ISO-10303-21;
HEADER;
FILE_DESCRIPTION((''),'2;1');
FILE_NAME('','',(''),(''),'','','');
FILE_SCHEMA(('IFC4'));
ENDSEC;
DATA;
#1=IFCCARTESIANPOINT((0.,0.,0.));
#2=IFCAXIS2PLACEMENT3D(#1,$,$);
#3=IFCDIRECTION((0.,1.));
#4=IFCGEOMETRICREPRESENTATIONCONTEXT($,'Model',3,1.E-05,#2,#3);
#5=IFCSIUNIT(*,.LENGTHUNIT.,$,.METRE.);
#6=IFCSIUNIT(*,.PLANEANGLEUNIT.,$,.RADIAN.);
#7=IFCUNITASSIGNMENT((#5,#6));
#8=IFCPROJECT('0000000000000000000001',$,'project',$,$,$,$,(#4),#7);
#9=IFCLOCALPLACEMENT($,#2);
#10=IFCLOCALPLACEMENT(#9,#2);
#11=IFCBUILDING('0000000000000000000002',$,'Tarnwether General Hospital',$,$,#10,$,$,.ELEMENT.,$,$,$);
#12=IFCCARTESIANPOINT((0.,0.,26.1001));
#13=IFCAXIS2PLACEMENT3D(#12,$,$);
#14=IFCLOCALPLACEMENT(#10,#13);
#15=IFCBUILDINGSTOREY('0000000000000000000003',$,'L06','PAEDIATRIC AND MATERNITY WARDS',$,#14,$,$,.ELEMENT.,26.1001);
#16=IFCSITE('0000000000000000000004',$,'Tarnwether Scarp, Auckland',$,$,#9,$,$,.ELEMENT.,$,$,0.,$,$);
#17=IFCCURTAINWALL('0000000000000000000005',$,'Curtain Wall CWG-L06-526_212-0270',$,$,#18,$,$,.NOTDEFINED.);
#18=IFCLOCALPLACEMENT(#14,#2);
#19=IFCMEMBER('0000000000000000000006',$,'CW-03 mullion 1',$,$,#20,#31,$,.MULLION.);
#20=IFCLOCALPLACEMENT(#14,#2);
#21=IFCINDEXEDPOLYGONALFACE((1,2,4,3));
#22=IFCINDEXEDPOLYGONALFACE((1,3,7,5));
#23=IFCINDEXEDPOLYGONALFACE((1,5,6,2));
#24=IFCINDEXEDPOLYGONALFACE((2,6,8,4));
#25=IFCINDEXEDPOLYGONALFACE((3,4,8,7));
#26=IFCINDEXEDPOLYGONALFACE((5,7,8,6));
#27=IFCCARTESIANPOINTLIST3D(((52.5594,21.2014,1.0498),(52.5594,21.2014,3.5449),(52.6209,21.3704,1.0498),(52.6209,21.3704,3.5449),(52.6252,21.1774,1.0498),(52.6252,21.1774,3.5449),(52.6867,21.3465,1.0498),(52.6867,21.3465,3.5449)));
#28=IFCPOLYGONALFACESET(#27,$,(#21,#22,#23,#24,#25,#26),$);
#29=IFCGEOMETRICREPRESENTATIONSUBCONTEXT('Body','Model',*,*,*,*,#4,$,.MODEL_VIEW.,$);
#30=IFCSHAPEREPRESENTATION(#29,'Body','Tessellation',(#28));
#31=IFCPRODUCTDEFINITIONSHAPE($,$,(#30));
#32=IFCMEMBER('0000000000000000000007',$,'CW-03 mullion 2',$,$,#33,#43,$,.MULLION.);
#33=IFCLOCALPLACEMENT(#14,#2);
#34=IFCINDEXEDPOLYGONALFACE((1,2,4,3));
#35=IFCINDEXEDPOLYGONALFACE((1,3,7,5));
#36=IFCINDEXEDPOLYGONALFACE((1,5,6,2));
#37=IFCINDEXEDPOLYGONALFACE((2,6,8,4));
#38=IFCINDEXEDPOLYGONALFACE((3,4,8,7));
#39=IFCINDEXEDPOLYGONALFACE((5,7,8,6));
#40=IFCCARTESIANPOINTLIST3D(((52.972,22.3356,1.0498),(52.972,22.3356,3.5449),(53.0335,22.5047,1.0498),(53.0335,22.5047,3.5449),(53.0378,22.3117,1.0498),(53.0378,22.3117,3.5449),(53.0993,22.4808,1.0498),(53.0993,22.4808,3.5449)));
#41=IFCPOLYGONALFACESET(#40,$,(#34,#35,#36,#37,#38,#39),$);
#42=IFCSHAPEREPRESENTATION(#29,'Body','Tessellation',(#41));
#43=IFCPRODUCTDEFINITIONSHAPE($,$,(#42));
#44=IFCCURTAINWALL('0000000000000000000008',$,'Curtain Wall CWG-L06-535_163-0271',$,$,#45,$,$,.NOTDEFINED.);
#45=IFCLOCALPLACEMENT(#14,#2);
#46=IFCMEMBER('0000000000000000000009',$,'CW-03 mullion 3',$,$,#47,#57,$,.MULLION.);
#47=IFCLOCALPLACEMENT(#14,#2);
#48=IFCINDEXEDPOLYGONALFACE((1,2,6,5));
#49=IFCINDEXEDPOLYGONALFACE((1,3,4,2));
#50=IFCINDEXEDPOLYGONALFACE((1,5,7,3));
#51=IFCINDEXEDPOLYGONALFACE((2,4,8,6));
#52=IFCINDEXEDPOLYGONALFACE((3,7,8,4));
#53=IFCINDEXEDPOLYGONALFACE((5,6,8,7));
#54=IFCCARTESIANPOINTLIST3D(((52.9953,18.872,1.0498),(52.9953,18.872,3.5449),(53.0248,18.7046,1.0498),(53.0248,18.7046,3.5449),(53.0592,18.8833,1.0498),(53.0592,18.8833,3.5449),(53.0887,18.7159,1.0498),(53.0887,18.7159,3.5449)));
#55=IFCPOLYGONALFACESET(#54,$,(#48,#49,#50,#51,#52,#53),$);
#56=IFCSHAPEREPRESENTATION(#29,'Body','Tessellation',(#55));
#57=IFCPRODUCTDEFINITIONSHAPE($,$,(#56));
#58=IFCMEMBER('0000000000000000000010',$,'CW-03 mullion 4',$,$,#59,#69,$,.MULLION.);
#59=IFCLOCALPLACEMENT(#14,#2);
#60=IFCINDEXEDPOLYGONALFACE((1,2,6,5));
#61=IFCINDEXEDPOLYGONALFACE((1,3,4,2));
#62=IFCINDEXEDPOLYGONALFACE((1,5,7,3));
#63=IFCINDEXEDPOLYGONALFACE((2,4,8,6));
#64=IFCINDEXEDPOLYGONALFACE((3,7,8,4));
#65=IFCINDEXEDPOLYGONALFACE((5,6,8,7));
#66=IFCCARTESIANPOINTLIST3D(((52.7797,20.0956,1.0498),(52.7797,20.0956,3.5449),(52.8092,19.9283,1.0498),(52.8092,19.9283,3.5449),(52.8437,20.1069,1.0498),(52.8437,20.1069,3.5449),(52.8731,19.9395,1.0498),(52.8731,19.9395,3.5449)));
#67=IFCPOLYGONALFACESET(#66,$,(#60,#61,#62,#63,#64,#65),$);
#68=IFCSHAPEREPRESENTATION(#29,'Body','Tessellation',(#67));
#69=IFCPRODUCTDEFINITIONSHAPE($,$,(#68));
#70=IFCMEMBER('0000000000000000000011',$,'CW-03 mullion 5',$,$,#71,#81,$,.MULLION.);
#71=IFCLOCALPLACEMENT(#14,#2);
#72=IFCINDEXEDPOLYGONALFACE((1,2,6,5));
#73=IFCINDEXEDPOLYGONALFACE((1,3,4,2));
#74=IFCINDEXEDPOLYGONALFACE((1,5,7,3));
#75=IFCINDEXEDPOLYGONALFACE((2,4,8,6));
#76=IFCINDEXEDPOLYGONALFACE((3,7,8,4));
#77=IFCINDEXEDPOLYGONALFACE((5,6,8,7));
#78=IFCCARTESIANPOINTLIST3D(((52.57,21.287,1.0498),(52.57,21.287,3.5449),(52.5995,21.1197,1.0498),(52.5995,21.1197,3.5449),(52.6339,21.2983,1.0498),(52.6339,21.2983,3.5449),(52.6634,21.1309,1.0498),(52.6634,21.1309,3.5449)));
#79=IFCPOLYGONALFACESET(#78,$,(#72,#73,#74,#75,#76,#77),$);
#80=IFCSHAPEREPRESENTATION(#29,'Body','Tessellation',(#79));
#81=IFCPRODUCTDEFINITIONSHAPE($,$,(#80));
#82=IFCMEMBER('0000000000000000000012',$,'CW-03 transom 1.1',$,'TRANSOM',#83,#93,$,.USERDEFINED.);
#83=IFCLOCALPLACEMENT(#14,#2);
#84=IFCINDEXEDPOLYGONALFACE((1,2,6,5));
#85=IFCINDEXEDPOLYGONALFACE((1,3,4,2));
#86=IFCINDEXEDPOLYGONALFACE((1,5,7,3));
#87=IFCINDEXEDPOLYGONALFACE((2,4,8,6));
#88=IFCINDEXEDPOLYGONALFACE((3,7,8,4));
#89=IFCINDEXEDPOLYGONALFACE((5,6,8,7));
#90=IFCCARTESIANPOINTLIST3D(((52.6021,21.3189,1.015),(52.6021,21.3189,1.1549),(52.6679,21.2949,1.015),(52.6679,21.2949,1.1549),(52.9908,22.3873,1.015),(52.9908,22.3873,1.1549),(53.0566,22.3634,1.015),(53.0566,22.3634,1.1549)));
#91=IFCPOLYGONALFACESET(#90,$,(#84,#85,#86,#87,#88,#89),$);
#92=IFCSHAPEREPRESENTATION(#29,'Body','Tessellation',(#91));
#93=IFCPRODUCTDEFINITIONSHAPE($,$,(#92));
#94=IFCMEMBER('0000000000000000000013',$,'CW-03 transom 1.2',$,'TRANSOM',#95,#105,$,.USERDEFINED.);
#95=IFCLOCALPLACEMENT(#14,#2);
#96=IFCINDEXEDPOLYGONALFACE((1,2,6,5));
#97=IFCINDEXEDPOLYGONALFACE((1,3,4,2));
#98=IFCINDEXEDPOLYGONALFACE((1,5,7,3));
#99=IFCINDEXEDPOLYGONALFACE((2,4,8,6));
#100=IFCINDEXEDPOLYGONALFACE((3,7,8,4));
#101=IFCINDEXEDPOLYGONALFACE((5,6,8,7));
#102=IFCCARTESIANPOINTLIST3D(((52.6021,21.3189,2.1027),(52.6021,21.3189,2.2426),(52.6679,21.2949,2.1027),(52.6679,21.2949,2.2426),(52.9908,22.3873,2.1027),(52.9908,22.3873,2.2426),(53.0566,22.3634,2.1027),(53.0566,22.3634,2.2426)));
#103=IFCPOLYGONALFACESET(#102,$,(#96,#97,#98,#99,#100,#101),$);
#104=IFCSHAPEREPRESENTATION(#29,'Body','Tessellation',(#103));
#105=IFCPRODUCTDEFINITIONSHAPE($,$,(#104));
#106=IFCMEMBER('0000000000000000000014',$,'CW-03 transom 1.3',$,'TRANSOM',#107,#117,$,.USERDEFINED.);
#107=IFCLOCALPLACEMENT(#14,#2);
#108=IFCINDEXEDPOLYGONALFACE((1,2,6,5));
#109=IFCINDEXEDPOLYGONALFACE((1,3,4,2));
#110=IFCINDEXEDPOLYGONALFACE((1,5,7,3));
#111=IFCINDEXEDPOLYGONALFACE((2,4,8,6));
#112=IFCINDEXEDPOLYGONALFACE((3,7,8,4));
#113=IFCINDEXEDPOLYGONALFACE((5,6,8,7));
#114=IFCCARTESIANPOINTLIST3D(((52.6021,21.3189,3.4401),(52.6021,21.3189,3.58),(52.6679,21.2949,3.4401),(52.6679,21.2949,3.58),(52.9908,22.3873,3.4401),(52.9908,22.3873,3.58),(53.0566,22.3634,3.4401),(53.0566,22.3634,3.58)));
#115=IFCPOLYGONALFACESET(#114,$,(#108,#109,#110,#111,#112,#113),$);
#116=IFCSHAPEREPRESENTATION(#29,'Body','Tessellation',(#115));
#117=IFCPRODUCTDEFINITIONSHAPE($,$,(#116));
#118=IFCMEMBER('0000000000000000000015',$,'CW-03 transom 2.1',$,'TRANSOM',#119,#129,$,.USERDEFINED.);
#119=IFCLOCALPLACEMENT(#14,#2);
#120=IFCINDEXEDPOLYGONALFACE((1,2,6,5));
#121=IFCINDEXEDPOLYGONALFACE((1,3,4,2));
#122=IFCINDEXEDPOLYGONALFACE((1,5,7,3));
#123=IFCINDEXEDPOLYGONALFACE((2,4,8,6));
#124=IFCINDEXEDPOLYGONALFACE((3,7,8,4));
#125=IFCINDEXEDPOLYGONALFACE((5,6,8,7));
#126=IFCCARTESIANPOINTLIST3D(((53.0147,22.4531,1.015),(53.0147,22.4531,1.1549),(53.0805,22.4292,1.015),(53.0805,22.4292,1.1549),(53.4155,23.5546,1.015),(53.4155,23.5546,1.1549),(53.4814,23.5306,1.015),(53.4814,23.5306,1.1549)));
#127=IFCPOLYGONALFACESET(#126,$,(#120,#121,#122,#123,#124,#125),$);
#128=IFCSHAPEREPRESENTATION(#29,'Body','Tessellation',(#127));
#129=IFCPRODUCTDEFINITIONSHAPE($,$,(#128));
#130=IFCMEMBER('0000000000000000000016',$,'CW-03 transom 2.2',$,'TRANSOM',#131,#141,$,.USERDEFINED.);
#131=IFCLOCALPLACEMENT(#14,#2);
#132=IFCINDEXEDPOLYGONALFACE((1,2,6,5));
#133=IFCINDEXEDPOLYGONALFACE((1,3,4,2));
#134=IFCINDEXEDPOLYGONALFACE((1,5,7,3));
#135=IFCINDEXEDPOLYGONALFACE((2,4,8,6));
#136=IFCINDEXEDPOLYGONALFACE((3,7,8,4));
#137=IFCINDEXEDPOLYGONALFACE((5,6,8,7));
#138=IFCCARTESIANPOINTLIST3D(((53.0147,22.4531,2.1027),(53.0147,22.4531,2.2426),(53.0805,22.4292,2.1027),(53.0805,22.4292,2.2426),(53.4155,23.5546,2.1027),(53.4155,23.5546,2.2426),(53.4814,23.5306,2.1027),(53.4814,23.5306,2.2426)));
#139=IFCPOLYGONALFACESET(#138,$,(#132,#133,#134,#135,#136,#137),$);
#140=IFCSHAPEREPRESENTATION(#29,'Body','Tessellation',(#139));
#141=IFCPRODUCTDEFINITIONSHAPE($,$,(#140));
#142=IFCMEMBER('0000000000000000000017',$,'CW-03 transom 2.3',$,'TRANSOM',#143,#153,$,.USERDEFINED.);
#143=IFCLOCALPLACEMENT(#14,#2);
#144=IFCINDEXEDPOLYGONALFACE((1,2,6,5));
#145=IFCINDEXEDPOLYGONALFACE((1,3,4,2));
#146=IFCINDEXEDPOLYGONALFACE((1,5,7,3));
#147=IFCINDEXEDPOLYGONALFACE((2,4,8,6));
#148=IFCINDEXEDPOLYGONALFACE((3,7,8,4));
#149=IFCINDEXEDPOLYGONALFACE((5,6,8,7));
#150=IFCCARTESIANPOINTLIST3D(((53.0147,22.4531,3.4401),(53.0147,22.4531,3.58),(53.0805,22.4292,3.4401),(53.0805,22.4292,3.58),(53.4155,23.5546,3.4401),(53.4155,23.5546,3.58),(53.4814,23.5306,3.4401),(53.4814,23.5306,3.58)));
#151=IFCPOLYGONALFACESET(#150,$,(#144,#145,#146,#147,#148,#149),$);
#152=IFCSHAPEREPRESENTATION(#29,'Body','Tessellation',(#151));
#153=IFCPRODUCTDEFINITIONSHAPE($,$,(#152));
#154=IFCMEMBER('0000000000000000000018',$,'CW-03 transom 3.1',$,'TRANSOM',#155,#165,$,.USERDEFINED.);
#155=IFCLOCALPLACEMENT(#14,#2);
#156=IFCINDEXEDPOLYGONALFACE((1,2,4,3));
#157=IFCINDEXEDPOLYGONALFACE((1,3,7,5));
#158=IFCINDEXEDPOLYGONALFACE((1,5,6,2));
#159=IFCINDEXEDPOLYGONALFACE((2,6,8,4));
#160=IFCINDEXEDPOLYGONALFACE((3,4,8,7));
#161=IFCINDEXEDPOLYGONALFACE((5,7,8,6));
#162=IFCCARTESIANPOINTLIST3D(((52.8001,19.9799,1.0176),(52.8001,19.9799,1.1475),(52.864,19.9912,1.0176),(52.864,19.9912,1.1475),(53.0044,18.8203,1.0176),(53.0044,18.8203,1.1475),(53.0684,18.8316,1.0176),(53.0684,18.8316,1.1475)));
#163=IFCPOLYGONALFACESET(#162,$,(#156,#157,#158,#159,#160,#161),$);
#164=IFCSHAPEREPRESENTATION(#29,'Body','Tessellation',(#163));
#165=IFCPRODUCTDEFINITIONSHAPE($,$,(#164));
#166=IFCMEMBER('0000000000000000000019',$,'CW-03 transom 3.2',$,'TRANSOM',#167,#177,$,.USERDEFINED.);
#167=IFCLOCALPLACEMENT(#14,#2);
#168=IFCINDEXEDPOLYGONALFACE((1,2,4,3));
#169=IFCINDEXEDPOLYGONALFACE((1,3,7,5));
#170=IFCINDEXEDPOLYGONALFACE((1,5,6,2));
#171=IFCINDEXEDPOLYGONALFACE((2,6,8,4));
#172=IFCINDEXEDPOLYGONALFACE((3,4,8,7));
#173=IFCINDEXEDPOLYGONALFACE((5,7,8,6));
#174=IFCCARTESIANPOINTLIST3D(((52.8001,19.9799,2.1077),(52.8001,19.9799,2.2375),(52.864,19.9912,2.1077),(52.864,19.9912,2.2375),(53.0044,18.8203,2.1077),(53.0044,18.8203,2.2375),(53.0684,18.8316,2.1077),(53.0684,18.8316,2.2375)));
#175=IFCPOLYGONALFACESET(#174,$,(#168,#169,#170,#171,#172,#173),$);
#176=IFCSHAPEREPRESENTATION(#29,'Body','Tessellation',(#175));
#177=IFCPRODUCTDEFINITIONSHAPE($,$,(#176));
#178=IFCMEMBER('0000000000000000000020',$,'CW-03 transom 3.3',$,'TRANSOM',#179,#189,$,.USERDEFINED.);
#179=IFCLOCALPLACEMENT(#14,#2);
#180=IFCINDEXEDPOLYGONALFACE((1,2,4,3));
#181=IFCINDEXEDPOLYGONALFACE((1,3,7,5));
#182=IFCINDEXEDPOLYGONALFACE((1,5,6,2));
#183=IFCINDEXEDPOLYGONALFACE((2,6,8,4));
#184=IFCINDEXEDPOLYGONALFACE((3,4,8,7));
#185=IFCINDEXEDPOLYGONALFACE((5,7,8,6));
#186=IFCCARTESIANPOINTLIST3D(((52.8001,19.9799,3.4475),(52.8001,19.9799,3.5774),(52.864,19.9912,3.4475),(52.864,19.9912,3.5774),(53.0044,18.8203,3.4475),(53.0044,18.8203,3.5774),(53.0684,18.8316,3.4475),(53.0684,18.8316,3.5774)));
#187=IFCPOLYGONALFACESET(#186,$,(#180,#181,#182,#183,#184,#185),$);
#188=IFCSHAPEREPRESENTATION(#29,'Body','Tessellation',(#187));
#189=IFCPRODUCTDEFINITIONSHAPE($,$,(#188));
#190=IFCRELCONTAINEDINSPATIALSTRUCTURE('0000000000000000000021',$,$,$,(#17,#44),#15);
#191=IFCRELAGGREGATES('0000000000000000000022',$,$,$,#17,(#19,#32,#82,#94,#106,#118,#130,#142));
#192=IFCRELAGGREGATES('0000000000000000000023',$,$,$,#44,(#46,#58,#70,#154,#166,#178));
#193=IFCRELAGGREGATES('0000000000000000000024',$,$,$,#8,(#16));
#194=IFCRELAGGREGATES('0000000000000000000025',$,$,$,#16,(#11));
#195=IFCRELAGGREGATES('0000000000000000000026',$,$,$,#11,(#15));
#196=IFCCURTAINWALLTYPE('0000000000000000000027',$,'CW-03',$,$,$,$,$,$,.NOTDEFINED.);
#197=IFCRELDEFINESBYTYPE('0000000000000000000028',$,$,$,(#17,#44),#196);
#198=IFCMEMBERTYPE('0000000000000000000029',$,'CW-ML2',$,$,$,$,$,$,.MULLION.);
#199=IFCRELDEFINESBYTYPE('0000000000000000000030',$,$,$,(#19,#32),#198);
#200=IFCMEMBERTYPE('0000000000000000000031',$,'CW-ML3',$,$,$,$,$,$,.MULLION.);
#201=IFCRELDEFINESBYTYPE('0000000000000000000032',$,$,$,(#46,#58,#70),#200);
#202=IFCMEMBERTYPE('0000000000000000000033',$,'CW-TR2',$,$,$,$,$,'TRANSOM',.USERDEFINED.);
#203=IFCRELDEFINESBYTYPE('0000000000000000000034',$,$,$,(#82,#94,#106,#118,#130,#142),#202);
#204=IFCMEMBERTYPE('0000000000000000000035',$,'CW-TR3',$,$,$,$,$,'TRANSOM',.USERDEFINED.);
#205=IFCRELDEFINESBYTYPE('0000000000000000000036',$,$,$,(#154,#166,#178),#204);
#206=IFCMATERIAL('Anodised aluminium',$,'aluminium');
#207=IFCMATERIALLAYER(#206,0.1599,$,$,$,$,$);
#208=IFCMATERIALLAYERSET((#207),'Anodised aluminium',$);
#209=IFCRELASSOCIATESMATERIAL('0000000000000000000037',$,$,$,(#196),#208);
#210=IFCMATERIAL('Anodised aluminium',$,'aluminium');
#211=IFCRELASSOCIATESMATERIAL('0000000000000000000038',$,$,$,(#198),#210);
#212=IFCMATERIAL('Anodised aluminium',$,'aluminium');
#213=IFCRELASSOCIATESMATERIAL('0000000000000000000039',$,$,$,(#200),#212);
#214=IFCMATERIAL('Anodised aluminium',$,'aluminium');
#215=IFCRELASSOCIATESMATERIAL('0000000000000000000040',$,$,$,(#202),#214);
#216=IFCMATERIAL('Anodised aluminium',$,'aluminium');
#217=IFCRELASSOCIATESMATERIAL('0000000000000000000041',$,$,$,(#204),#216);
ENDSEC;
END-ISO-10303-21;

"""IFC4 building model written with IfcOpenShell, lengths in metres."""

from ifc_helpers import new_model, si_unit, direction, frame, origin, origin_2d, place, context, subcontext, project, spatial, rectangle, extrude, material, layer, layer_set, material_profile, profile_set, type_object, element, aggregate, save


model = new_model("IFC4")

# Units and contexts
model_context = context("Model", 3, precision=1e-05, world=origin(), true_north=direction((0.0, 1.0)))
body_context = subcontext(model_context, "Body", "Model", "MODEL_VIEW")
ifc_project = project(units=[si_unit("LENGTHUNIT", "METRE"), si_unit("PLANEANGLEUNIT", "RADIAN")], contexts=[model_context])

# Site, building, storey
site_placement = place(None, origin())
site = spatial("IfcSite", under=ifc_project, at=site_placement, Name="Tarnwether Scarp, Auckland", CompositionType="ELEMENT", RefElevation=0.0)
building_placement = place(site_placement, origin())
building = spatial("IfcBuilding", under=site, at=building_placement, Name="Tarnwether General Hospital", CompositionType="ELEMENT")
storey_placement = place(building_placement, frame((0.0, 0.0, 26.1001)))
storey = spatial("IfcBuildingStorey", under=building, at=storey_placement, Name="L06", Description="PAEDIATRIC AND MATERNITY WARDS", CompositionType="ELEMENT", Elevation=26.1001)

# Curtain walls, members
ifc_material_1 = material(Name="Anodised aluminium", Category="aluminium")
ifc_layer_1 = layer(ifc_material_1, 0.1599)
ifc_layer_set_1 = layer_set([ifc_layer_1], Name="Anodised aluminium")
curtain_wall_type = type_object("IfcCurtainWallType", Name="CW-03", PredefinedType="NOTDEFINED", material=ifc_layer_set_1)
curtain_wall_1_placement = place(storey_placement, origin())
curtain_wall_1 = element("IfcCurtainWall", 1, at=curtain_wall_1_placement, inside=storey, type_object=curtain_wall_type, Name="Curtain Wall CWG-L06-526_212-0270", PredefinedType="NOTDEFINED")
ifc_material_2 = material(Name="Anodised aluminium", Category="aluminium")
ifc_material_profile_1 = material_profile(ifc_material_2, rectangle(XDim=0.0701, YDim=0.1799, at=origin_2d()), Name="ALU-MUL-70x180")
ifc_profile_set_1 = profile_set([ifc_material_profile_1], Name="Anodised aluminium")
member_type_1 = type_object("IfcMemberType", Name="CW-ML2", PredefinedType="MULLION", material=ifc_profile_set_1)
member_1_placement = place(storey_placement, frame((52.623, 21.2739, 1.0498), z_axis=(0.0, 0.0, 1.0), x_axis=(-0.939717, 0.341953, 0.0)))
member_1 = element("IfcMember", 2, at=member_1_placement, type_object=member_type_1, Name="CW-03 mullion 1", PredefinedType="MULLION", context=body_context, shape_type="SweptSolid", body=[
    extrude(rectangle(XDim=0.0701, YDim=0.1799, at=origin_2d()), origin(), (0.0, 0.0, 1.0), 2.4951),
])
member_2_placement = place(storey_placement, frame((53.0356, 22.4082, 1.0498), z_axis=(0.0, 0.0, 1.0), x_axis=(-0.939717, 0.341953, 0.0)))
member_2 = element("IfcMember", 3, at=member_2_placement, type_object=member_type_1, Name="CW-03 mullion 2", PredefinedType="MULLION", context=body_context, shape_type="SweptSolid", body=[
    extrude(rectangle(XDim=0.0701, YDim=0.1799, at=origin_2d()), origin(), (0.0, 0.0, 1.0), 2.4951),
])
curtain_wall_2_placement = place(storey_placement, origin())
curtain_wall_2 = element("IfcCurtainWall", 4, at=curtain_wall_2_placement, inside=storey, type_object=curtain_wall_type, Name="Curtain Wall CWG-L06-535_163-0271", PredefinedType="NOTDEFINED")
ifc_material_3 = material(Name="Anodised aluminium", Category="aluminium")
ifc_material_profile_2 = material_profile(ifc_material_3, rectangle(XDim=0.0649, YDim=0.1699, at=origin_2d()), Name="ALU-MUL-65x170")
ifc_profile_set_2 = profile_set([ifc_material_profile_2], Name="Anodised aluminium")
member_type_2 = type_object("IfcMemberType", Name="CW-ML3", PredefinedType="MULLION", material=ifc_profile_set_2)
member_3_placement = place(storey_placement, frame((53.042, 18.7939, 1.0498), z_axis=(0.0, 0.0, 1.0), x_axis=(-0.98484, -0.173464, 0.0)))
member_3 = element("IfcMember", 5, at=member_3_placement, type_object=member_type_2, Name="CW-03 mullion 3", PredefinedType="MULLION", context=body_context, shape_type="SweptSolid", body=[
    extrude(rectangle(XDim=0.0649, YDim=0.1699, at=origin_2d()), origin(), (0.0, 0.0, 1.0), 2.4951),
])
member_4_placement = place(storey_placement, frame((52.8264, 20.0176, 1.0498), z_axis=(0.0, 0.0, 1.0), x_axis=(-0.98484, -0.173464, 0.0)))
member_4 = element("IfcMember", 6, at=member_4_placement, type_object=member_type_2, Name="CW-03 mullion 4", PredefinedType="MULLION", context=body_context, shape_type="SweptSolid", body=[
    extrude(rectangle(XDim=0.0649, YDim=0.1699, at=origin_2d()), origin(), (0.0, 0.0, 1.0), 2.4951),
])
member_5_placement = place(storey_placement, frame((52.6167, 21.209, 1.0498), z_axis=(0.0, 0.0, 1.0), x_axis=(-0.98484, -0.173464, 0.0)))
member_5 = element("IfcMember", 7, at=member_5_placement, type_object=member_type_2, Name="CW-03 mullion 5", PredefinedType="MULLION", context=body_context, shape_type="SweptSolid", body=[
    extrude(rectangle(XDim=0.0649, YDim=0.1699, at=origin_2d()), origin(), (0.0, 0.0, 1.0), 2.4951),
])

# Members
ifc_material_4 = material(Name="Anodised aluminium", Category="aluminium")
ifc_material_profile_3 = material_profile(ifc_material_4, rectangle(XDim=0.0701, YDim=0.1399, at=origin_2d()), Name="ALU-TRN-70x140")
ifc_profile_set_3 = profile_set([ifc_material_profile_3], Name="Anodised aluminium")
member_type_3 = type_object("IfcMemberType", Name="CW-TR2", ElementType="TRANSOM", PredefinedType="USERDEFINED", material=ifc_profile_set_3)
member_6_placement = place(storey_placement, frame((52.635, 21.3069, 1.085), z_axis=(0.341881, 0.939743, 0.0), x_axis=(-0.939743, 0.341881, 0.0)))
member_6 = element("IfcMember", 8, at=member_6_placement, type_object=member_type_3, Name="CW-03 transom 1.1", ObjectType="TRANSOM", PredefinedType="USERDEFINED", context=body_context, shape_type="SweptSolid", body=[
    extrude(rectangle(XDim=0.0701, YDim=0.1399, at=origin_2d()), origin(), (0.0, 0.0, 1.0), 1.137),
])
member_7_placement = place(storey_placement, frame((52.635, 21.3069, 2.1726), z_axis=(0.341881, 0.939743, 0.0), x_axis=(-0.939743, 0.341881, 0.0)))
member_7 = element("IfcMember", 9, at=member_7_placement, type_object=member_type_3, Name="CW-03 transom 1.2", ObjectType="TRANSOM", PredefinedType="USERDEFINED", context=body_context, shape_type="SweptSolid", body=[
    extrude(rectangle(XDim=0.0701, YDim=0.1399, at=origin_2d()), origin(), (0.0, 0.0, 1.0), 1.137),
])
member_8_placement = place(storey_placement, frame((52.635, 21.3069, 3.51), z_axis=(0.341881, 0.939743, 0.0), x_axis=(-0.939743, 0.341881, 0.0)))
member_8 = element("IfcMember", 10, at=member_8_placement, type_object=member_type_3, Name="CW-03 transom 1.3", ObjectType="TRANSOM", PredefinedType="USERDEFINED", context=body_context, shape_type="SweptSolid", body=[
    extrude(rectangle(XDim=0.0701, YDim=0.1399, at=origin_2d()), origin(), (0.0, 0.0, 1.0), 1.137),
])
member_9_placement = place(storey_placement, frame((53.0476, 22.4412, 1.085), z_axis=(0.341977, 0.939708, 0.0), x_axis=(-0.939708, 0.341977, 0.0)))
member_9 = element("IfcMember", 11, at=member_9_placement, type_object=member_type_3, Name="CW-03 transom 2.1", ObjectType="TRANSOM", PredefinedType="USERDEFINED", context=body_context, shape_type="SweptSolid", body=[
    extrude(rectangle(XDim=0.0701, YDim=0.1399, at=origin_2d()), origin(), (0.0, 0.0, 1.0), 1.1721),
])
member_10_placement = place(storey_placement, frame((53.0476, 22.4412, 2.1726), z_axis=(0.341977, 0.939708, 0.0), x_axis=(-0.939708, 0.341977, 0.0)))
member_10 = element("IfcMember", 12, at=member_10_placement, type_object=member_type_3, Name="CW-03 transom 2.2", ObjectType="TRANSOM", PredefinedType="USERDEFINED", context=body_context, shape_type="SweptSolid", body=[
    extrude(rectangle(XDim=0.0701, YDim=0.1399, at=origin_2d()), origin(), (0.0, 0.0, 1.0), 1.1721),
])
member_11_placement = place(storey_placement, frame((53.0476, 22.4412, 3.51), z_axis=(0.341977, 0.939708, 0.0), x_axis=(-0.939708, 0.341977, 0.0)))
member_11 = element("IfcMember", 13, at=member_11_placement, type_object=member_type_3, Name="CW-03 transom 2.3", ObjectType="TRANSOM", PredefinedType="USERDEFINED", context=body_context, shape_type="SweptSolid", body=[
    extrude(rectangle(XDim=0.0701, YDim=0.1399, at=origin_2d()), origin(), (0.0, 0.0, 1.0), 1.1721),
])
ifc_material_5 = material(Name="Anodised aluminium", Category="aluminium")
ifc_material_profile_4 = material_profile(ifc_material_5, rectangle(XDim=0.0649, YDim=0.1299, at=origin_2d()), Name="ALU-TRN-65x130")
ifc_profile_set_4 = profile_set([ifc_material_profile_4], Name="Anodised aluminium")
member_type_4 = type_object("IfcMemberType", Name="CW-TR3", ElementType="TRANSOM", PredefinedType="USERDEFINED", material=ifc_profile_set_4)
member_12_placement = place(storey_placement, frame((53.0364, 18.8259, 1.0825), z_axis=(-0.173537, 0.984827, 0.0), x_axis=(-0.984827, -0.173537, 0.0)))
member_12 = element("IfcMember", 14, at=member_12_placement, type_object=member_type_4, Name="CW-03 transom 3.1", ObjectType="TRANSOM", PredefinedType="USERDEFINED", context=body_context, shape_type="SweptSolid", body=[
    extrude(rectangle(XDim=0.0649, YDim=0.1299, at=origin_2d()), origin(), (0.0, 0.0, 1.0), 1.1775),
])
member_13_placement = place(storey_placement, frame((53.0364, 18.8259, 2.1726), z_axis=(-0.173537, 0.984827, 0.0), x_axis=(-0.984827, -0.173537, 0.0)))
member_13 = element("IfcMember", 15, at=member_13_placement, type_object=member_type_4, Name="CW-03 transom 3.2", ObjectType="TRANSOM", PredefinedType="USERDEFINED", context=body_context, shape_type="SweptSolid", body=[
    extrude(rectangle(XDim=0.0649, YDim=0.1299, at=origin_2d()), origin(), (0.0, 0.0, 1.0), 1.1775),
])
member_14_placement = place(storey_placement, frame((53.0364, 18.8259, 3.5125), z_axis=(-0.173537, 0.984827, 0.0), x_axis=(-0.984827, -0.173537, 0.0)))
member_14 = element("IfcMember", 16, at=member_14_placement, type_object=member_type_4, Name="CW-03 transom 3.3", ObjectType="TRANSOM", PredefinedType="USERDEFINED", context=body_context, shape_type="SweptSolid", body=[
    extrude(rectangle(XDim=0.0649, YDim=0.1299, at=origin_2d()), origin(), (0.0, 0.0, 1.0), 1.1775),
])

aggregate(curtain_wall_1, [member_1, member_2, member_6, member_7, member_8, member_9, member_10, member_11])
aggregate(curtain_wall_2, [member_3, member_4, member_5, member_12, member_13, member_14])

save(model, "model.ifc")
